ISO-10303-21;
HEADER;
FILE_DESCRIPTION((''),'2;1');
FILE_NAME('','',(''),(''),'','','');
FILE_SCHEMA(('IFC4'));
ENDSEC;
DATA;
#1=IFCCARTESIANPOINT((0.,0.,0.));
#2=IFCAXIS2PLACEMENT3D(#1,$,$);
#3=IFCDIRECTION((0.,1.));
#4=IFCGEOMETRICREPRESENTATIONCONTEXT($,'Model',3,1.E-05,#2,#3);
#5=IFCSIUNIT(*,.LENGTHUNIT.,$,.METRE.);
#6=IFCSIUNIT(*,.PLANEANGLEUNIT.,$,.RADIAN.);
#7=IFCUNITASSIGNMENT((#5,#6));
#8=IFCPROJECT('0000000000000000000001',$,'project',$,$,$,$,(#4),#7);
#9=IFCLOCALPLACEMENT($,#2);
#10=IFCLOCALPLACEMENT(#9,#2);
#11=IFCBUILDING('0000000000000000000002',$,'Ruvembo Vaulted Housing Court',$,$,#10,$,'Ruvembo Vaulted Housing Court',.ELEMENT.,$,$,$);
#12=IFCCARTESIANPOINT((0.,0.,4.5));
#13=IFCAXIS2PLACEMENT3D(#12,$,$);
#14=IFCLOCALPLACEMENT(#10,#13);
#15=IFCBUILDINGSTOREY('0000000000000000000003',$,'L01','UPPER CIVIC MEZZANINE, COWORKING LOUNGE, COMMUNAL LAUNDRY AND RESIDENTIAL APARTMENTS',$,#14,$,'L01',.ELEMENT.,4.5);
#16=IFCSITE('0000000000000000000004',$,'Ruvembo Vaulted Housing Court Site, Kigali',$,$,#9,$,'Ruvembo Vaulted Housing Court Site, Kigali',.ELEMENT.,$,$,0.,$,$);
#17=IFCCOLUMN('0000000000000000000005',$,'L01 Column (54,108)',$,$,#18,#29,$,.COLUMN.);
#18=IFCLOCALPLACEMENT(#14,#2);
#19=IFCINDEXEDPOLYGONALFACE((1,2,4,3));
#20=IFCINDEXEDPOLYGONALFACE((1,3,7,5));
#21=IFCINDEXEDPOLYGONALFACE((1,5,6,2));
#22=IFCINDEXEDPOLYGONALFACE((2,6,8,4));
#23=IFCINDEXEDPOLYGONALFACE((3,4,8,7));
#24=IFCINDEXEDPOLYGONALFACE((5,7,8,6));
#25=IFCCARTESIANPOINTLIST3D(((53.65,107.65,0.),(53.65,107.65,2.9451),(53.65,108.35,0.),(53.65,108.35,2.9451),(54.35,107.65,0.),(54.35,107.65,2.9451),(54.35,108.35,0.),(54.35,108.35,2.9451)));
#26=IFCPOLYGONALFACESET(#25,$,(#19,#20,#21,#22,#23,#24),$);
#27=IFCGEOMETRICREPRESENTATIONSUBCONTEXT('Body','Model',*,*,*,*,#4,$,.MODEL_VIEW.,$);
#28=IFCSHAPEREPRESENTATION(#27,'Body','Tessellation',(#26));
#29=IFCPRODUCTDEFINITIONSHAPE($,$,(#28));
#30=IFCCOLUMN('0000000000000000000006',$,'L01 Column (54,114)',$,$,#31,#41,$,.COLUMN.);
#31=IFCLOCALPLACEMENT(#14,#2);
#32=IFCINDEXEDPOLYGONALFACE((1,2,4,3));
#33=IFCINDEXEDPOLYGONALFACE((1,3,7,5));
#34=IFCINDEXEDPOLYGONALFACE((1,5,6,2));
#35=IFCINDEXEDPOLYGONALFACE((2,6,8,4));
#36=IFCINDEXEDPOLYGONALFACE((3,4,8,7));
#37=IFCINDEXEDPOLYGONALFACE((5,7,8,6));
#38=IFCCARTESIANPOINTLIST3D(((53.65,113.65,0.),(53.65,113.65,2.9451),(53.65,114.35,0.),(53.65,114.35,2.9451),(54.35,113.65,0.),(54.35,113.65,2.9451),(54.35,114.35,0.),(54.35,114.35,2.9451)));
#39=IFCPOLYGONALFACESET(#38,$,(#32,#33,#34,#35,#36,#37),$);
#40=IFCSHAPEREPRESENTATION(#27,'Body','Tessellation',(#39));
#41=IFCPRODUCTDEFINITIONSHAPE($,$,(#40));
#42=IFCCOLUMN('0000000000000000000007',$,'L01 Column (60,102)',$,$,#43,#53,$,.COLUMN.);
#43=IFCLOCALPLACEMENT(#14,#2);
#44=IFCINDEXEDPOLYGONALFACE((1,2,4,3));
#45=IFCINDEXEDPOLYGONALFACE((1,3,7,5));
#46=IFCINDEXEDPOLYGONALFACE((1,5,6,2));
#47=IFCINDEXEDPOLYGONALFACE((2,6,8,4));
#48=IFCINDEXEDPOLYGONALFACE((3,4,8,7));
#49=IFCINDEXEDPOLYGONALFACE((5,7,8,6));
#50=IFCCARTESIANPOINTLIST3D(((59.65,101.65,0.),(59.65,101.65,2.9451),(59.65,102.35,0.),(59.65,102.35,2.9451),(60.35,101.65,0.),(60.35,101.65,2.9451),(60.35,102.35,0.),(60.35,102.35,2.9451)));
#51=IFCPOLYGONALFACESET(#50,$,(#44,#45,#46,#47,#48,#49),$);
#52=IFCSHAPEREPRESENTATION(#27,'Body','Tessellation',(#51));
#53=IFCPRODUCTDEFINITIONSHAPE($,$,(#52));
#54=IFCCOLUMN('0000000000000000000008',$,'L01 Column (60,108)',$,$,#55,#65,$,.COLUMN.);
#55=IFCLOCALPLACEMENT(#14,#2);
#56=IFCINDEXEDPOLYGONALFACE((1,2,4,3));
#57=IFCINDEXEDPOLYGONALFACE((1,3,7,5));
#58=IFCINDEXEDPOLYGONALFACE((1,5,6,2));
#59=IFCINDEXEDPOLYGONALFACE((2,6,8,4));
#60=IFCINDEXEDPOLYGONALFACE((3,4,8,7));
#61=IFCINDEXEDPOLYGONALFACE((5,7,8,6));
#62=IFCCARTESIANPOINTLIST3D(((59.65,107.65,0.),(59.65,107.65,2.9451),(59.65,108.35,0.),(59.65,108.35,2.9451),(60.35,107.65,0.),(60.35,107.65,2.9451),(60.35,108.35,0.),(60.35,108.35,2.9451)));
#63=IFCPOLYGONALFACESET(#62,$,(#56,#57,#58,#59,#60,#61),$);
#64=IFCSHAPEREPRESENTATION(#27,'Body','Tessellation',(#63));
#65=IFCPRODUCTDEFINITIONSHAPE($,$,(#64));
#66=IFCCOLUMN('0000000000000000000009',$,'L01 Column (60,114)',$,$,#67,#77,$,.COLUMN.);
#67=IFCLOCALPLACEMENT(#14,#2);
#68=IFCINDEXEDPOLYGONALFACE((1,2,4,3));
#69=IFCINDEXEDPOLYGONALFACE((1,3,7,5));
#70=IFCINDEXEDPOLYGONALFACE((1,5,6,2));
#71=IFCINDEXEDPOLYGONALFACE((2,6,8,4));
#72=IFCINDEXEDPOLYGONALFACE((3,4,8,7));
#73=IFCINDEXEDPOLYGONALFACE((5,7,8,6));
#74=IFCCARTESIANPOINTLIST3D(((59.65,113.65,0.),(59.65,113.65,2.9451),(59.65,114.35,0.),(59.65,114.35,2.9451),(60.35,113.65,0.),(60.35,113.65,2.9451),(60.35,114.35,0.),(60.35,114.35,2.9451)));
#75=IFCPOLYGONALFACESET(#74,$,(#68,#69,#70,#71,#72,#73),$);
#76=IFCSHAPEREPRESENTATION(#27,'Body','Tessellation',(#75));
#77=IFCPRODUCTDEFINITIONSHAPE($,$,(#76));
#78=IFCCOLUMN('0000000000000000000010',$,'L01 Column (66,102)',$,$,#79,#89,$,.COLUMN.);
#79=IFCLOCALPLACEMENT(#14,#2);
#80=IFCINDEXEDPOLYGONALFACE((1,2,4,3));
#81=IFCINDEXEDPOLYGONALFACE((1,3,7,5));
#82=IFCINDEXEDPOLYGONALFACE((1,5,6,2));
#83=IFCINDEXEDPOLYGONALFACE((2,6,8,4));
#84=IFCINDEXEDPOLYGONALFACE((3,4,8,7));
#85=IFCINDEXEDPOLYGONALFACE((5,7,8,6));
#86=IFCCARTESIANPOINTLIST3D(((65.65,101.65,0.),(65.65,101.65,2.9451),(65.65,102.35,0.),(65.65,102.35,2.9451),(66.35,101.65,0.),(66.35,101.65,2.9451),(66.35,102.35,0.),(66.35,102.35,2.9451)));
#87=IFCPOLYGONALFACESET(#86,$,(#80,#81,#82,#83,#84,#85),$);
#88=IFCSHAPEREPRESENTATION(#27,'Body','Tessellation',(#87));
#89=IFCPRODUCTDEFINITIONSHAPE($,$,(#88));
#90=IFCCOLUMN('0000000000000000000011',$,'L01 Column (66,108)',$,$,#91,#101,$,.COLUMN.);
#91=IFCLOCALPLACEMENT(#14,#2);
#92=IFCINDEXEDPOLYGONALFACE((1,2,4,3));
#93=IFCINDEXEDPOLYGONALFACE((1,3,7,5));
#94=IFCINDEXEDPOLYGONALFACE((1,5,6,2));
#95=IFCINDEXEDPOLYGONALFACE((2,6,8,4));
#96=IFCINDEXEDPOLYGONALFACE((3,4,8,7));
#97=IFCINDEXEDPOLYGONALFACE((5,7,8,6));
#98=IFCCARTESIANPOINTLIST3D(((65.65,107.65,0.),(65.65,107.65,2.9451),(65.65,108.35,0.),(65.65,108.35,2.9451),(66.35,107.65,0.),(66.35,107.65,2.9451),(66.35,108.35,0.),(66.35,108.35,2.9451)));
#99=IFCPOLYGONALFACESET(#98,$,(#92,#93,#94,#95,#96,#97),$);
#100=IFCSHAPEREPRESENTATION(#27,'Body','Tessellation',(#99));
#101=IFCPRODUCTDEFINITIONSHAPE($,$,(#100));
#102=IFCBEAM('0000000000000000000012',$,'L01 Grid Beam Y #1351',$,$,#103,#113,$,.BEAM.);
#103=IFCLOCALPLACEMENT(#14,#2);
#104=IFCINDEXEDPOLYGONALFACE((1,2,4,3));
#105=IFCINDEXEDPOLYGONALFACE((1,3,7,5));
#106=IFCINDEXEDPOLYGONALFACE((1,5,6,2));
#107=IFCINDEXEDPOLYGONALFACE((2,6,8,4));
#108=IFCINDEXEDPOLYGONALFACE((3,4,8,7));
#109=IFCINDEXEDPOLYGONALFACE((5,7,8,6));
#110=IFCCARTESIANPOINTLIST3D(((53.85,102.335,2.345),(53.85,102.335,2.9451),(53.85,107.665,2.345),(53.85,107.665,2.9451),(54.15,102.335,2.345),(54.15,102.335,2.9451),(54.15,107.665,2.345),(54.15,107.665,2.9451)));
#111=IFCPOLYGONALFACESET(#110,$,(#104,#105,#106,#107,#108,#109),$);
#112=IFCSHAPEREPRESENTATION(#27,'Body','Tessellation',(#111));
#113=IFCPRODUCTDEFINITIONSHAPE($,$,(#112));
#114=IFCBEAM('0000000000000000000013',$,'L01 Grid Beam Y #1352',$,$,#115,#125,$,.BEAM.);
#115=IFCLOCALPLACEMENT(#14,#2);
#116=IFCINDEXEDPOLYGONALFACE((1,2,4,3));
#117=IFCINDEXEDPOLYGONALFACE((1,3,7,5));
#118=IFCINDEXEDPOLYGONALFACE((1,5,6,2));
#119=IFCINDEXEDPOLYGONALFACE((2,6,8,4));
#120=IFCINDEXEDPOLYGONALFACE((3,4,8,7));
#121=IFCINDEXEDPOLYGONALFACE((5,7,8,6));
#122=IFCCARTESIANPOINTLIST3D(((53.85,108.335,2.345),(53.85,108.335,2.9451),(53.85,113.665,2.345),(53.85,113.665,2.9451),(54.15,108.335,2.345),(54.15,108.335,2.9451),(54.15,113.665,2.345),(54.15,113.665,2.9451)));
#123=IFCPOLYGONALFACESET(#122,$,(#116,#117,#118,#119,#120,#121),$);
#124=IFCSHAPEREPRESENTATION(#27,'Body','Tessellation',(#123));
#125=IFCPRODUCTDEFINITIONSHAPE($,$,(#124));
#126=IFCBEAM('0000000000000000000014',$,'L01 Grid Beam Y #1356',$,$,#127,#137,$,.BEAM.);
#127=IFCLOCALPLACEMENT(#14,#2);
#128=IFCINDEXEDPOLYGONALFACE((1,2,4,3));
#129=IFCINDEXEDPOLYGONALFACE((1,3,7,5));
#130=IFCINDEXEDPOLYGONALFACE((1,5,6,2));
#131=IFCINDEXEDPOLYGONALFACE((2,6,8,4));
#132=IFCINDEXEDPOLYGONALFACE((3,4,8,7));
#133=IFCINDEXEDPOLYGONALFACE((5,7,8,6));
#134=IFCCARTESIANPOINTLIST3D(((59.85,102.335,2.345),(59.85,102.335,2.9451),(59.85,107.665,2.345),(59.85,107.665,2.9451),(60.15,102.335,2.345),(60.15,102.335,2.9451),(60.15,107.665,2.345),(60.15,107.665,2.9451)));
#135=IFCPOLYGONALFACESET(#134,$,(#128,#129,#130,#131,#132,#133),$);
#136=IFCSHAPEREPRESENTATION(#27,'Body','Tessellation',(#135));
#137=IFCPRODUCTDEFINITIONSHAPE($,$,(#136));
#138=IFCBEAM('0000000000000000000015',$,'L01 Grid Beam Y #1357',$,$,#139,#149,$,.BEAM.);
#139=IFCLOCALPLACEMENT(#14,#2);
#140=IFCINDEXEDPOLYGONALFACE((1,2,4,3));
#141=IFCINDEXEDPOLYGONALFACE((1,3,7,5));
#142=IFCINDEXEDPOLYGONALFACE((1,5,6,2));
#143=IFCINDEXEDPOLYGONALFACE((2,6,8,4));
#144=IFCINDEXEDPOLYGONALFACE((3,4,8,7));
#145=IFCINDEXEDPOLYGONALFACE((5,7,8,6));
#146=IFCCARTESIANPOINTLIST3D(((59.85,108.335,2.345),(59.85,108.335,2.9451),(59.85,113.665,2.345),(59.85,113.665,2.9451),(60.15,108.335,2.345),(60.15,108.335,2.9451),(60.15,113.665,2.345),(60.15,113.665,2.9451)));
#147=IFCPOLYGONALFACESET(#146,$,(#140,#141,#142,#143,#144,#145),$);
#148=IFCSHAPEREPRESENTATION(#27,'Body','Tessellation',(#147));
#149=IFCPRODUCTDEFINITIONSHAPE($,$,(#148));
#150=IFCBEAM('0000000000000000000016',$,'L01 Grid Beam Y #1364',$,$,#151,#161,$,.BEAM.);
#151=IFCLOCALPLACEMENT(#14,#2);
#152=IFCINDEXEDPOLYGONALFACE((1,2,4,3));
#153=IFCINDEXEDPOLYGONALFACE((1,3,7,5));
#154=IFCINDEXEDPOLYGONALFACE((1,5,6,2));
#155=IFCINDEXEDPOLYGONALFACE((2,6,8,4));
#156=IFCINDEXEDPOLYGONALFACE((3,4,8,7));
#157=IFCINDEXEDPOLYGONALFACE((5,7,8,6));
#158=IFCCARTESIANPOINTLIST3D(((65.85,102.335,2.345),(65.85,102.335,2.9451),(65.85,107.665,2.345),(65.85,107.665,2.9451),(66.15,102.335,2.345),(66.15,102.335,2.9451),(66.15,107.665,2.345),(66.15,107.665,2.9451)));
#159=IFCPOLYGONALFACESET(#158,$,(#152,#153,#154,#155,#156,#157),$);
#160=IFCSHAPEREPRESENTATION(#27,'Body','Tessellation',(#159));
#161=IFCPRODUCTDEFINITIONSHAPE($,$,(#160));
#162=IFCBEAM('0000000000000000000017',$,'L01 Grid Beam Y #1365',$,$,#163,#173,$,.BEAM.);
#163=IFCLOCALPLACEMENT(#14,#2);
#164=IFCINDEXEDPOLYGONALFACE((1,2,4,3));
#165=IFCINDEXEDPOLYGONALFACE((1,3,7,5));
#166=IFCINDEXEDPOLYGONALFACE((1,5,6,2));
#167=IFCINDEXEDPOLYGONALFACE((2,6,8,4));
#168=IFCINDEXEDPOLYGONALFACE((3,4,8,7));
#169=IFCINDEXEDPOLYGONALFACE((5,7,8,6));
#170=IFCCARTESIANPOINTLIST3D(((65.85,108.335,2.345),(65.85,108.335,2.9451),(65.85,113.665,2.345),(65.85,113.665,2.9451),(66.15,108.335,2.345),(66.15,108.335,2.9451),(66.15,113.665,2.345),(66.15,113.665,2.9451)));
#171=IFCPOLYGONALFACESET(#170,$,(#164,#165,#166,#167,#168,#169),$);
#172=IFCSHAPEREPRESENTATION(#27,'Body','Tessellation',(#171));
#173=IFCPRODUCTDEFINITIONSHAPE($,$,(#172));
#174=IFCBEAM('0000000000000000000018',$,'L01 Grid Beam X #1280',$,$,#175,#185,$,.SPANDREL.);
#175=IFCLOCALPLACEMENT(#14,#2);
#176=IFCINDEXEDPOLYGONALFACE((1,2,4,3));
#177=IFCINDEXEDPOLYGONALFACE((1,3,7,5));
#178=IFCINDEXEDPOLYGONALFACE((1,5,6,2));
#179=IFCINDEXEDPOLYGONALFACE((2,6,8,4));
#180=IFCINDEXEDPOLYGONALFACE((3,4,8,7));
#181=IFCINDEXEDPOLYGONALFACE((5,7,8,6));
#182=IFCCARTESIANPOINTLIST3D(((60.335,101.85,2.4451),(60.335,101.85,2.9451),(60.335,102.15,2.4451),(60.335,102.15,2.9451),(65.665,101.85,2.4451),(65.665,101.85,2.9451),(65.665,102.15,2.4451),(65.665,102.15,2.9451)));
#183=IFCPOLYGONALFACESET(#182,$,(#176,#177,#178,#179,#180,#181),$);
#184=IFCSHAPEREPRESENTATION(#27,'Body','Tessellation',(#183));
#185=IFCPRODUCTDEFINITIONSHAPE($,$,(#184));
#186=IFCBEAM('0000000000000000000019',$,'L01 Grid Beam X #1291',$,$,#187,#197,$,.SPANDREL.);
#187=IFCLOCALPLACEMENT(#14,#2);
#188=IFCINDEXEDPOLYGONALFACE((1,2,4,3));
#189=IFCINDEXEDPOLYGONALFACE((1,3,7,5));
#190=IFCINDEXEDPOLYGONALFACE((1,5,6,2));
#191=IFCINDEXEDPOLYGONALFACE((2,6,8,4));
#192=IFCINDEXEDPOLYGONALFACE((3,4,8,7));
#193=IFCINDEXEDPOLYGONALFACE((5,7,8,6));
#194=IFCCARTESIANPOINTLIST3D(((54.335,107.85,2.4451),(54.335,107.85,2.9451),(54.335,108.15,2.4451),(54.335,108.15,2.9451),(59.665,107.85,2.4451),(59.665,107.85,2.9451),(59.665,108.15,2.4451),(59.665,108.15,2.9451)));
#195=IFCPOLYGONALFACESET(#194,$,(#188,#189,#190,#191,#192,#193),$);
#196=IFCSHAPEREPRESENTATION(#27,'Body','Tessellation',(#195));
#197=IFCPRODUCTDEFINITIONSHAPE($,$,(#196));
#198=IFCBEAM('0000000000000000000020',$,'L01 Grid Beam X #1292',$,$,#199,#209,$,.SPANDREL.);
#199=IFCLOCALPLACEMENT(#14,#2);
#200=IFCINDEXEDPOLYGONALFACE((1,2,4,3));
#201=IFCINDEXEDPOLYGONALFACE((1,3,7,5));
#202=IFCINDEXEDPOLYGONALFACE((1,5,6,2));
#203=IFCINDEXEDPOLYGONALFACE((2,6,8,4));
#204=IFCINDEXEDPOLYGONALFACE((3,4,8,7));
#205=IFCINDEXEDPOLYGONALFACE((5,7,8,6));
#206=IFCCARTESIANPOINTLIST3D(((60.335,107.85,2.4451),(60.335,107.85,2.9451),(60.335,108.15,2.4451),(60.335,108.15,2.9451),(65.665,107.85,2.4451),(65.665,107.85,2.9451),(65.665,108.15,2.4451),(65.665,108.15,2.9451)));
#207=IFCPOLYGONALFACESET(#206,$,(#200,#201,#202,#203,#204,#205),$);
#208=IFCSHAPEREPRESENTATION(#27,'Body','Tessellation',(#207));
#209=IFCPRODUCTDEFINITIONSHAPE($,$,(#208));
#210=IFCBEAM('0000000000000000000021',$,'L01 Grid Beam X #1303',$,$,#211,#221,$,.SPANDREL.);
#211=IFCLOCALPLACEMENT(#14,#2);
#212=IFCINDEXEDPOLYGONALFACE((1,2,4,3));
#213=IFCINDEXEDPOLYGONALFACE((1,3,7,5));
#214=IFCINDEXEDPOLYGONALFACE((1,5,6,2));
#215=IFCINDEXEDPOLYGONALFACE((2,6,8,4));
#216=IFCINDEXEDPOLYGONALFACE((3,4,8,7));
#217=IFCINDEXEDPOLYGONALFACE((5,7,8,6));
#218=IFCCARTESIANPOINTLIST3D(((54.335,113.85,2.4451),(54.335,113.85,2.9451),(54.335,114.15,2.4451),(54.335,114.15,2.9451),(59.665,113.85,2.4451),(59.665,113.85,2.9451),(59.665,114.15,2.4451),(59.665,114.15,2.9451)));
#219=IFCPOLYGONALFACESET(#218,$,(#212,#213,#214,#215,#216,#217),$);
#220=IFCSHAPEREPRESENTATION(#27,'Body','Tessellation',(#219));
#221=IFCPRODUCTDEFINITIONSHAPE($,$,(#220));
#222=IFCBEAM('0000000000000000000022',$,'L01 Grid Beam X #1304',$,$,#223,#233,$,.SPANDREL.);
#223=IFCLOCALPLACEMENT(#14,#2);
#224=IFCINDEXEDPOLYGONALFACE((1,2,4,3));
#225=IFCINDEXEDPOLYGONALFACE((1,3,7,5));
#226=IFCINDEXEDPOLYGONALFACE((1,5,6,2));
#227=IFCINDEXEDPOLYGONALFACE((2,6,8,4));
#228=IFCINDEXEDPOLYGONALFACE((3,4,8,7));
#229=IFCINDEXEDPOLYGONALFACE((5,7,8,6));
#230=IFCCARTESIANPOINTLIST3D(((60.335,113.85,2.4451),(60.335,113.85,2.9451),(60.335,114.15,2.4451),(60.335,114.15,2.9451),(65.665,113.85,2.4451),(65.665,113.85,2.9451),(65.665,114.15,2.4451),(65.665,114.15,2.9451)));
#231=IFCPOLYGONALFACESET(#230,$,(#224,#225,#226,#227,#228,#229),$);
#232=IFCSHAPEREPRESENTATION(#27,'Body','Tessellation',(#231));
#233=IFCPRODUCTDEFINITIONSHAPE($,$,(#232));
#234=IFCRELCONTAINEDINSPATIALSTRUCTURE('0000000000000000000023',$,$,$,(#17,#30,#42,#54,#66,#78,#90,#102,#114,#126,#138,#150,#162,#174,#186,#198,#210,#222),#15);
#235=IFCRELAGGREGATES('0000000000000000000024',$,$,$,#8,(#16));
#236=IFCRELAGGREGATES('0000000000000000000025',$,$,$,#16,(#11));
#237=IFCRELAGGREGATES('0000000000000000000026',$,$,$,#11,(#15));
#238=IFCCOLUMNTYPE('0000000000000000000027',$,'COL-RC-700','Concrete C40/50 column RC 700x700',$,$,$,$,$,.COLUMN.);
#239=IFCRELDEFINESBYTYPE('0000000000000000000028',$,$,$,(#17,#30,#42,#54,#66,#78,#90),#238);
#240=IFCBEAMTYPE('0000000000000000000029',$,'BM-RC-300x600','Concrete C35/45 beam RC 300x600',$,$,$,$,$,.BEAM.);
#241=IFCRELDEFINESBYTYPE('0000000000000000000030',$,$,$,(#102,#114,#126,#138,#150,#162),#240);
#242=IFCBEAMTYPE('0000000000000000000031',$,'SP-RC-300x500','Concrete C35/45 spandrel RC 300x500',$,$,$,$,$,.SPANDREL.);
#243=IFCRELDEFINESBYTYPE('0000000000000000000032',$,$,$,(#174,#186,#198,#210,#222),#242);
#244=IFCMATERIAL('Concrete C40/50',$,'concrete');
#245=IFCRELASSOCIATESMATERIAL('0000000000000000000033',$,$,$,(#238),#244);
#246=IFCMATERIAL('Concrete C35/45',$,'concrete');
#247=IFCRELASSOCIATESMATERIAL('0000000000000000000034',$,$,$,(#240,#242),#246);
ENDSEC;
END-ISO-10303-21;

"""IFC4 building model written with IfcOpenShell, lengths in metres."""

from ifc_helpers import new_model, si_unit, direction, frame, origin, origin_2d, place, context, subcontext, project, spatial, rectangle, extrude, material, material_profile, profile_set, type_object, element, save


model = new_model("IFC4")

# Units and contexts
model_context = context("Model", 3, precision=1e-05, world=origin(), true_north=direction((0.0, 1.0)))
body_context = subcontext(model_context, "Body", "Model", "MODEL_VIEW")
ifc_project = project(units=[si_unit("LENGTHUNIT", "METRE"), si_unit("PLANEANGLEUNIT", "RADIAN")], contexts=[model_context])

# Site, building, storey
site_placement = place(None, origin())
site = spatial("IfcSite", under=ifc_project, at=site_placement, Name="Ruvembo Vaulted Housing Court Site, Kigali", LongName="Ruvembo Vaulted Housing Court Site, Kigali", CompositionType="ELEMENT", RefElevation=0.0)
building_placement = place(site_placement, origin())
building = spatial("IfcBuilding", under=site, at=building_placement, Name="Ruvembo Vaulted Housing Court", LongName="Ruvembo Vaulted Housing Court", CompositionType="ELEMENT")
storey_placement = place(building_placement, frame((0.0, 0.0, 4.5)))
storey = spatial("IfcBuildingStorey", under=building, at=storey_placement, Name="L01", Description="UPPER CIVIC MEZZANINE, COWORKING LOUNGE, COMMUNAL LAUNDRY AND RESIDENTIAL APARTMENTS", LongName="L01", CompositionType="ELEMENT", Elevation=4.5)

# Columns
ifc_material_1 = material(Name="Concrete C40/50", Category="concrete")
ifc_material_profile_1 = material_profile(ifc_material_1, rectangle(XDim=0.7, YDim=0.7, at=origin_2d()), Name="RC 700x700")
ifc_profile_set_1 = profile_set([ifc_material_profile_1], Name="Concrete C40/50")
column_type = type_object("IfcColumnType", Name="COL-RC-700", Description="Concrete C40/50 column RC 700x700", PredefinedType="COLUMN", material=ifc_profile_set_1)
for number, where, z_axis, x_axis, name in (
    (1, (54.0, 108.0, 0.0), (0.0, 0.0, 1.0), (1.0, 0.0, 0.0), "L01 Column (54,108)"),
    (2, (54.0, 114.0, 0.0), (0.0, 0.0, 1.0), (1.0, 0.0, 0.0), "L01 Column (54,114)"),
    (3, (60.0, 102.0, 0.0), (0.0, 0.0, 1.0), (1.0, 0.0, 0.0), "L01 Column (60,102)"),
    (4, (60.0, 108.0, 0.0), (0.0, 0.0, 1.0), (1.0, 0.0, 0.0), "L01 Column (60,108)"),
    (5, (60.0, 114.0, 0.0), (0.0, 0.0, 1.0), (1.0, 0.0, 0.0), "L01 Column (60,114)"),
    (6, (66.0, 102.0, 0.0), (0.0, 0.0, 1.0), (1.0, 0.0, 0.0), "L01 Column (66,102)"),
    (7, (66.0, 108.0, 0.0), (0.0, 0.0, 1.0), (1.0, 0.0, 0.0), "L01 Column (66,108)"),
):
    element("IfcColumn", number, at=place(storey_placement, frame(where, z_axis=z_axis, x_axis=x_axis)), inside=storey, type_object=column_type, Name=name, PredefinedType="COLUMN", context=body_context, shape_type="SweptSolid", body=[
        extrude(rectangle(XDim=0.7, YDim=0.7, at=origin_2d()), origin(), (0.0, 0.0, 1.0), 2.9451),
    ])

# Beams
ifc_material_2 = material(Name="Concrete C35/45", Category="concrete")
ifc_material_profile_2 = material_profile(ifc_material_2, rectangle(XDim=0.3, YDim=0.6001, at=origin_2d()), Name="RC 300x600")
ifc_profile_set_2 = profile_set([ifc_material_profile_2], Name="Concrete C35/45")
beam_type_1 = type_object("IfcBeamType", Name="BM-RC-300x600", Description="Concrete C35/45 beam RC 300x600", PredefinedType="BEAM", material=ifc_profile_set_2)
for number, where, z_axis, x_axis, name in (
    (8, (54.0, 102.335, 2.645), (0.0, 1.0, 0.0), (-1.0, 0.0, 0.0), "L01 Grid Beam Y #1351"),
    (9, (54.0, 108.335, 2.645), (0.0, 1.0, 0.0), (-1.0, 0.0, 0.0), "L01 Grid Beam Y #1352"),
    (10, (60.0, 102.335, 2.645), (0.0, 1.0, 0.0), (-1.0, 0.0, 0.0), "L01 Grid Beam Y #1356"),
    (11, (60.0, 108.335, 2.645), (0.0, 1.0, 0.0), (-1.0, 0.0, 0.0), "L01 Grid Beam Y #1357"),
    (12, (66.0, 102.335, 2.645), (0.0, 1.0, 0.0), (-1.0, 0.0, 0.0), "L01 Grid Beam Y #1364"),
    (13, (66.0, 108.335, 2.645), (0.0, 1.0, 0.0), (-1.0, 0.0, 0.0), "L01 Grid Beam Y #1365"),
):
    element("IfcBeam", number, at=place(storey_placement, frame(where, z_axis=z_axis, x_axis=x_axis)), inside=storey, type_object=beam_type_1, Name=name, PredefinedType="BEAM", context=body_context, shape_type="SweptSolid", body=[
        extrude(rectangle(XDim=0.3, YDim=0.6001, at=origin_2d()), origin(), (0.0, 0.0, 1.0), 5.3301),
    ])
ifc_material_profile_3 = material_profile(ifc_material_2, rectangle(XDim=0.3, YDim=0.5, at=origin_2d()), Name="RC 300x500")
ifc_profile_set_3 = profile_set([ifc_material_profile_3], Name="Concrete C35/45")
beam_type_2 = type_object("IfcBeamType", Name="SP-RC-300x500", Description="Concrete C35/45 spandrel RC 300x500", PredefinedType="SPANDREL", material=ifc_profile_set_3)
for number, where, z_axis, x_axis, name in (
    (14, (60.335, 102.0, 2.6951), (1.0, 0.0, 0.0), (0.0, 1.0, 0.0), "L01 Grid Beam X #1280"),
    (15, (54.335, 108.0, 2.6951), (1.0, 0.0, 0.0), (0.0, 1.0, 0.0), "L01 Grid Beam X #1291"),
    (16, (60.335, 108.0, 2.6951), (1.0, 0.0, 0.0), (0.0, 1.0, 0.0), "L01 Grid Beam X #1292"),
    (17, (54.335, 114.0, 2.6951), (1.0, 0.0, 0.0), (0.0, 1.0, 0.0), "L01 Grid Beam X #1303"),
    (18, (60.335, 114.0, 2.6951), (1.0, 0.0, 0.0), (0.0, 1.0, 0.0), "L01 Grid Beam X #1304"),
):
    element("IfcBeam", number, at=place(storey_placement, frame(where, z_axis=z_axis, x_axis=x_axis)), inside=storey, type_object=beam_type_2, Name=name, PredefinedType="SPANDREL", context=body_context, shape_type="SweptSolid", body=[
        extrude(rectangle(XDim=0.3, YDim=0.5, at=origin_2d()), origin(), (0.0, 0.0, 1.0), 5.3301),
    ])

save(model, "model.ifc")
